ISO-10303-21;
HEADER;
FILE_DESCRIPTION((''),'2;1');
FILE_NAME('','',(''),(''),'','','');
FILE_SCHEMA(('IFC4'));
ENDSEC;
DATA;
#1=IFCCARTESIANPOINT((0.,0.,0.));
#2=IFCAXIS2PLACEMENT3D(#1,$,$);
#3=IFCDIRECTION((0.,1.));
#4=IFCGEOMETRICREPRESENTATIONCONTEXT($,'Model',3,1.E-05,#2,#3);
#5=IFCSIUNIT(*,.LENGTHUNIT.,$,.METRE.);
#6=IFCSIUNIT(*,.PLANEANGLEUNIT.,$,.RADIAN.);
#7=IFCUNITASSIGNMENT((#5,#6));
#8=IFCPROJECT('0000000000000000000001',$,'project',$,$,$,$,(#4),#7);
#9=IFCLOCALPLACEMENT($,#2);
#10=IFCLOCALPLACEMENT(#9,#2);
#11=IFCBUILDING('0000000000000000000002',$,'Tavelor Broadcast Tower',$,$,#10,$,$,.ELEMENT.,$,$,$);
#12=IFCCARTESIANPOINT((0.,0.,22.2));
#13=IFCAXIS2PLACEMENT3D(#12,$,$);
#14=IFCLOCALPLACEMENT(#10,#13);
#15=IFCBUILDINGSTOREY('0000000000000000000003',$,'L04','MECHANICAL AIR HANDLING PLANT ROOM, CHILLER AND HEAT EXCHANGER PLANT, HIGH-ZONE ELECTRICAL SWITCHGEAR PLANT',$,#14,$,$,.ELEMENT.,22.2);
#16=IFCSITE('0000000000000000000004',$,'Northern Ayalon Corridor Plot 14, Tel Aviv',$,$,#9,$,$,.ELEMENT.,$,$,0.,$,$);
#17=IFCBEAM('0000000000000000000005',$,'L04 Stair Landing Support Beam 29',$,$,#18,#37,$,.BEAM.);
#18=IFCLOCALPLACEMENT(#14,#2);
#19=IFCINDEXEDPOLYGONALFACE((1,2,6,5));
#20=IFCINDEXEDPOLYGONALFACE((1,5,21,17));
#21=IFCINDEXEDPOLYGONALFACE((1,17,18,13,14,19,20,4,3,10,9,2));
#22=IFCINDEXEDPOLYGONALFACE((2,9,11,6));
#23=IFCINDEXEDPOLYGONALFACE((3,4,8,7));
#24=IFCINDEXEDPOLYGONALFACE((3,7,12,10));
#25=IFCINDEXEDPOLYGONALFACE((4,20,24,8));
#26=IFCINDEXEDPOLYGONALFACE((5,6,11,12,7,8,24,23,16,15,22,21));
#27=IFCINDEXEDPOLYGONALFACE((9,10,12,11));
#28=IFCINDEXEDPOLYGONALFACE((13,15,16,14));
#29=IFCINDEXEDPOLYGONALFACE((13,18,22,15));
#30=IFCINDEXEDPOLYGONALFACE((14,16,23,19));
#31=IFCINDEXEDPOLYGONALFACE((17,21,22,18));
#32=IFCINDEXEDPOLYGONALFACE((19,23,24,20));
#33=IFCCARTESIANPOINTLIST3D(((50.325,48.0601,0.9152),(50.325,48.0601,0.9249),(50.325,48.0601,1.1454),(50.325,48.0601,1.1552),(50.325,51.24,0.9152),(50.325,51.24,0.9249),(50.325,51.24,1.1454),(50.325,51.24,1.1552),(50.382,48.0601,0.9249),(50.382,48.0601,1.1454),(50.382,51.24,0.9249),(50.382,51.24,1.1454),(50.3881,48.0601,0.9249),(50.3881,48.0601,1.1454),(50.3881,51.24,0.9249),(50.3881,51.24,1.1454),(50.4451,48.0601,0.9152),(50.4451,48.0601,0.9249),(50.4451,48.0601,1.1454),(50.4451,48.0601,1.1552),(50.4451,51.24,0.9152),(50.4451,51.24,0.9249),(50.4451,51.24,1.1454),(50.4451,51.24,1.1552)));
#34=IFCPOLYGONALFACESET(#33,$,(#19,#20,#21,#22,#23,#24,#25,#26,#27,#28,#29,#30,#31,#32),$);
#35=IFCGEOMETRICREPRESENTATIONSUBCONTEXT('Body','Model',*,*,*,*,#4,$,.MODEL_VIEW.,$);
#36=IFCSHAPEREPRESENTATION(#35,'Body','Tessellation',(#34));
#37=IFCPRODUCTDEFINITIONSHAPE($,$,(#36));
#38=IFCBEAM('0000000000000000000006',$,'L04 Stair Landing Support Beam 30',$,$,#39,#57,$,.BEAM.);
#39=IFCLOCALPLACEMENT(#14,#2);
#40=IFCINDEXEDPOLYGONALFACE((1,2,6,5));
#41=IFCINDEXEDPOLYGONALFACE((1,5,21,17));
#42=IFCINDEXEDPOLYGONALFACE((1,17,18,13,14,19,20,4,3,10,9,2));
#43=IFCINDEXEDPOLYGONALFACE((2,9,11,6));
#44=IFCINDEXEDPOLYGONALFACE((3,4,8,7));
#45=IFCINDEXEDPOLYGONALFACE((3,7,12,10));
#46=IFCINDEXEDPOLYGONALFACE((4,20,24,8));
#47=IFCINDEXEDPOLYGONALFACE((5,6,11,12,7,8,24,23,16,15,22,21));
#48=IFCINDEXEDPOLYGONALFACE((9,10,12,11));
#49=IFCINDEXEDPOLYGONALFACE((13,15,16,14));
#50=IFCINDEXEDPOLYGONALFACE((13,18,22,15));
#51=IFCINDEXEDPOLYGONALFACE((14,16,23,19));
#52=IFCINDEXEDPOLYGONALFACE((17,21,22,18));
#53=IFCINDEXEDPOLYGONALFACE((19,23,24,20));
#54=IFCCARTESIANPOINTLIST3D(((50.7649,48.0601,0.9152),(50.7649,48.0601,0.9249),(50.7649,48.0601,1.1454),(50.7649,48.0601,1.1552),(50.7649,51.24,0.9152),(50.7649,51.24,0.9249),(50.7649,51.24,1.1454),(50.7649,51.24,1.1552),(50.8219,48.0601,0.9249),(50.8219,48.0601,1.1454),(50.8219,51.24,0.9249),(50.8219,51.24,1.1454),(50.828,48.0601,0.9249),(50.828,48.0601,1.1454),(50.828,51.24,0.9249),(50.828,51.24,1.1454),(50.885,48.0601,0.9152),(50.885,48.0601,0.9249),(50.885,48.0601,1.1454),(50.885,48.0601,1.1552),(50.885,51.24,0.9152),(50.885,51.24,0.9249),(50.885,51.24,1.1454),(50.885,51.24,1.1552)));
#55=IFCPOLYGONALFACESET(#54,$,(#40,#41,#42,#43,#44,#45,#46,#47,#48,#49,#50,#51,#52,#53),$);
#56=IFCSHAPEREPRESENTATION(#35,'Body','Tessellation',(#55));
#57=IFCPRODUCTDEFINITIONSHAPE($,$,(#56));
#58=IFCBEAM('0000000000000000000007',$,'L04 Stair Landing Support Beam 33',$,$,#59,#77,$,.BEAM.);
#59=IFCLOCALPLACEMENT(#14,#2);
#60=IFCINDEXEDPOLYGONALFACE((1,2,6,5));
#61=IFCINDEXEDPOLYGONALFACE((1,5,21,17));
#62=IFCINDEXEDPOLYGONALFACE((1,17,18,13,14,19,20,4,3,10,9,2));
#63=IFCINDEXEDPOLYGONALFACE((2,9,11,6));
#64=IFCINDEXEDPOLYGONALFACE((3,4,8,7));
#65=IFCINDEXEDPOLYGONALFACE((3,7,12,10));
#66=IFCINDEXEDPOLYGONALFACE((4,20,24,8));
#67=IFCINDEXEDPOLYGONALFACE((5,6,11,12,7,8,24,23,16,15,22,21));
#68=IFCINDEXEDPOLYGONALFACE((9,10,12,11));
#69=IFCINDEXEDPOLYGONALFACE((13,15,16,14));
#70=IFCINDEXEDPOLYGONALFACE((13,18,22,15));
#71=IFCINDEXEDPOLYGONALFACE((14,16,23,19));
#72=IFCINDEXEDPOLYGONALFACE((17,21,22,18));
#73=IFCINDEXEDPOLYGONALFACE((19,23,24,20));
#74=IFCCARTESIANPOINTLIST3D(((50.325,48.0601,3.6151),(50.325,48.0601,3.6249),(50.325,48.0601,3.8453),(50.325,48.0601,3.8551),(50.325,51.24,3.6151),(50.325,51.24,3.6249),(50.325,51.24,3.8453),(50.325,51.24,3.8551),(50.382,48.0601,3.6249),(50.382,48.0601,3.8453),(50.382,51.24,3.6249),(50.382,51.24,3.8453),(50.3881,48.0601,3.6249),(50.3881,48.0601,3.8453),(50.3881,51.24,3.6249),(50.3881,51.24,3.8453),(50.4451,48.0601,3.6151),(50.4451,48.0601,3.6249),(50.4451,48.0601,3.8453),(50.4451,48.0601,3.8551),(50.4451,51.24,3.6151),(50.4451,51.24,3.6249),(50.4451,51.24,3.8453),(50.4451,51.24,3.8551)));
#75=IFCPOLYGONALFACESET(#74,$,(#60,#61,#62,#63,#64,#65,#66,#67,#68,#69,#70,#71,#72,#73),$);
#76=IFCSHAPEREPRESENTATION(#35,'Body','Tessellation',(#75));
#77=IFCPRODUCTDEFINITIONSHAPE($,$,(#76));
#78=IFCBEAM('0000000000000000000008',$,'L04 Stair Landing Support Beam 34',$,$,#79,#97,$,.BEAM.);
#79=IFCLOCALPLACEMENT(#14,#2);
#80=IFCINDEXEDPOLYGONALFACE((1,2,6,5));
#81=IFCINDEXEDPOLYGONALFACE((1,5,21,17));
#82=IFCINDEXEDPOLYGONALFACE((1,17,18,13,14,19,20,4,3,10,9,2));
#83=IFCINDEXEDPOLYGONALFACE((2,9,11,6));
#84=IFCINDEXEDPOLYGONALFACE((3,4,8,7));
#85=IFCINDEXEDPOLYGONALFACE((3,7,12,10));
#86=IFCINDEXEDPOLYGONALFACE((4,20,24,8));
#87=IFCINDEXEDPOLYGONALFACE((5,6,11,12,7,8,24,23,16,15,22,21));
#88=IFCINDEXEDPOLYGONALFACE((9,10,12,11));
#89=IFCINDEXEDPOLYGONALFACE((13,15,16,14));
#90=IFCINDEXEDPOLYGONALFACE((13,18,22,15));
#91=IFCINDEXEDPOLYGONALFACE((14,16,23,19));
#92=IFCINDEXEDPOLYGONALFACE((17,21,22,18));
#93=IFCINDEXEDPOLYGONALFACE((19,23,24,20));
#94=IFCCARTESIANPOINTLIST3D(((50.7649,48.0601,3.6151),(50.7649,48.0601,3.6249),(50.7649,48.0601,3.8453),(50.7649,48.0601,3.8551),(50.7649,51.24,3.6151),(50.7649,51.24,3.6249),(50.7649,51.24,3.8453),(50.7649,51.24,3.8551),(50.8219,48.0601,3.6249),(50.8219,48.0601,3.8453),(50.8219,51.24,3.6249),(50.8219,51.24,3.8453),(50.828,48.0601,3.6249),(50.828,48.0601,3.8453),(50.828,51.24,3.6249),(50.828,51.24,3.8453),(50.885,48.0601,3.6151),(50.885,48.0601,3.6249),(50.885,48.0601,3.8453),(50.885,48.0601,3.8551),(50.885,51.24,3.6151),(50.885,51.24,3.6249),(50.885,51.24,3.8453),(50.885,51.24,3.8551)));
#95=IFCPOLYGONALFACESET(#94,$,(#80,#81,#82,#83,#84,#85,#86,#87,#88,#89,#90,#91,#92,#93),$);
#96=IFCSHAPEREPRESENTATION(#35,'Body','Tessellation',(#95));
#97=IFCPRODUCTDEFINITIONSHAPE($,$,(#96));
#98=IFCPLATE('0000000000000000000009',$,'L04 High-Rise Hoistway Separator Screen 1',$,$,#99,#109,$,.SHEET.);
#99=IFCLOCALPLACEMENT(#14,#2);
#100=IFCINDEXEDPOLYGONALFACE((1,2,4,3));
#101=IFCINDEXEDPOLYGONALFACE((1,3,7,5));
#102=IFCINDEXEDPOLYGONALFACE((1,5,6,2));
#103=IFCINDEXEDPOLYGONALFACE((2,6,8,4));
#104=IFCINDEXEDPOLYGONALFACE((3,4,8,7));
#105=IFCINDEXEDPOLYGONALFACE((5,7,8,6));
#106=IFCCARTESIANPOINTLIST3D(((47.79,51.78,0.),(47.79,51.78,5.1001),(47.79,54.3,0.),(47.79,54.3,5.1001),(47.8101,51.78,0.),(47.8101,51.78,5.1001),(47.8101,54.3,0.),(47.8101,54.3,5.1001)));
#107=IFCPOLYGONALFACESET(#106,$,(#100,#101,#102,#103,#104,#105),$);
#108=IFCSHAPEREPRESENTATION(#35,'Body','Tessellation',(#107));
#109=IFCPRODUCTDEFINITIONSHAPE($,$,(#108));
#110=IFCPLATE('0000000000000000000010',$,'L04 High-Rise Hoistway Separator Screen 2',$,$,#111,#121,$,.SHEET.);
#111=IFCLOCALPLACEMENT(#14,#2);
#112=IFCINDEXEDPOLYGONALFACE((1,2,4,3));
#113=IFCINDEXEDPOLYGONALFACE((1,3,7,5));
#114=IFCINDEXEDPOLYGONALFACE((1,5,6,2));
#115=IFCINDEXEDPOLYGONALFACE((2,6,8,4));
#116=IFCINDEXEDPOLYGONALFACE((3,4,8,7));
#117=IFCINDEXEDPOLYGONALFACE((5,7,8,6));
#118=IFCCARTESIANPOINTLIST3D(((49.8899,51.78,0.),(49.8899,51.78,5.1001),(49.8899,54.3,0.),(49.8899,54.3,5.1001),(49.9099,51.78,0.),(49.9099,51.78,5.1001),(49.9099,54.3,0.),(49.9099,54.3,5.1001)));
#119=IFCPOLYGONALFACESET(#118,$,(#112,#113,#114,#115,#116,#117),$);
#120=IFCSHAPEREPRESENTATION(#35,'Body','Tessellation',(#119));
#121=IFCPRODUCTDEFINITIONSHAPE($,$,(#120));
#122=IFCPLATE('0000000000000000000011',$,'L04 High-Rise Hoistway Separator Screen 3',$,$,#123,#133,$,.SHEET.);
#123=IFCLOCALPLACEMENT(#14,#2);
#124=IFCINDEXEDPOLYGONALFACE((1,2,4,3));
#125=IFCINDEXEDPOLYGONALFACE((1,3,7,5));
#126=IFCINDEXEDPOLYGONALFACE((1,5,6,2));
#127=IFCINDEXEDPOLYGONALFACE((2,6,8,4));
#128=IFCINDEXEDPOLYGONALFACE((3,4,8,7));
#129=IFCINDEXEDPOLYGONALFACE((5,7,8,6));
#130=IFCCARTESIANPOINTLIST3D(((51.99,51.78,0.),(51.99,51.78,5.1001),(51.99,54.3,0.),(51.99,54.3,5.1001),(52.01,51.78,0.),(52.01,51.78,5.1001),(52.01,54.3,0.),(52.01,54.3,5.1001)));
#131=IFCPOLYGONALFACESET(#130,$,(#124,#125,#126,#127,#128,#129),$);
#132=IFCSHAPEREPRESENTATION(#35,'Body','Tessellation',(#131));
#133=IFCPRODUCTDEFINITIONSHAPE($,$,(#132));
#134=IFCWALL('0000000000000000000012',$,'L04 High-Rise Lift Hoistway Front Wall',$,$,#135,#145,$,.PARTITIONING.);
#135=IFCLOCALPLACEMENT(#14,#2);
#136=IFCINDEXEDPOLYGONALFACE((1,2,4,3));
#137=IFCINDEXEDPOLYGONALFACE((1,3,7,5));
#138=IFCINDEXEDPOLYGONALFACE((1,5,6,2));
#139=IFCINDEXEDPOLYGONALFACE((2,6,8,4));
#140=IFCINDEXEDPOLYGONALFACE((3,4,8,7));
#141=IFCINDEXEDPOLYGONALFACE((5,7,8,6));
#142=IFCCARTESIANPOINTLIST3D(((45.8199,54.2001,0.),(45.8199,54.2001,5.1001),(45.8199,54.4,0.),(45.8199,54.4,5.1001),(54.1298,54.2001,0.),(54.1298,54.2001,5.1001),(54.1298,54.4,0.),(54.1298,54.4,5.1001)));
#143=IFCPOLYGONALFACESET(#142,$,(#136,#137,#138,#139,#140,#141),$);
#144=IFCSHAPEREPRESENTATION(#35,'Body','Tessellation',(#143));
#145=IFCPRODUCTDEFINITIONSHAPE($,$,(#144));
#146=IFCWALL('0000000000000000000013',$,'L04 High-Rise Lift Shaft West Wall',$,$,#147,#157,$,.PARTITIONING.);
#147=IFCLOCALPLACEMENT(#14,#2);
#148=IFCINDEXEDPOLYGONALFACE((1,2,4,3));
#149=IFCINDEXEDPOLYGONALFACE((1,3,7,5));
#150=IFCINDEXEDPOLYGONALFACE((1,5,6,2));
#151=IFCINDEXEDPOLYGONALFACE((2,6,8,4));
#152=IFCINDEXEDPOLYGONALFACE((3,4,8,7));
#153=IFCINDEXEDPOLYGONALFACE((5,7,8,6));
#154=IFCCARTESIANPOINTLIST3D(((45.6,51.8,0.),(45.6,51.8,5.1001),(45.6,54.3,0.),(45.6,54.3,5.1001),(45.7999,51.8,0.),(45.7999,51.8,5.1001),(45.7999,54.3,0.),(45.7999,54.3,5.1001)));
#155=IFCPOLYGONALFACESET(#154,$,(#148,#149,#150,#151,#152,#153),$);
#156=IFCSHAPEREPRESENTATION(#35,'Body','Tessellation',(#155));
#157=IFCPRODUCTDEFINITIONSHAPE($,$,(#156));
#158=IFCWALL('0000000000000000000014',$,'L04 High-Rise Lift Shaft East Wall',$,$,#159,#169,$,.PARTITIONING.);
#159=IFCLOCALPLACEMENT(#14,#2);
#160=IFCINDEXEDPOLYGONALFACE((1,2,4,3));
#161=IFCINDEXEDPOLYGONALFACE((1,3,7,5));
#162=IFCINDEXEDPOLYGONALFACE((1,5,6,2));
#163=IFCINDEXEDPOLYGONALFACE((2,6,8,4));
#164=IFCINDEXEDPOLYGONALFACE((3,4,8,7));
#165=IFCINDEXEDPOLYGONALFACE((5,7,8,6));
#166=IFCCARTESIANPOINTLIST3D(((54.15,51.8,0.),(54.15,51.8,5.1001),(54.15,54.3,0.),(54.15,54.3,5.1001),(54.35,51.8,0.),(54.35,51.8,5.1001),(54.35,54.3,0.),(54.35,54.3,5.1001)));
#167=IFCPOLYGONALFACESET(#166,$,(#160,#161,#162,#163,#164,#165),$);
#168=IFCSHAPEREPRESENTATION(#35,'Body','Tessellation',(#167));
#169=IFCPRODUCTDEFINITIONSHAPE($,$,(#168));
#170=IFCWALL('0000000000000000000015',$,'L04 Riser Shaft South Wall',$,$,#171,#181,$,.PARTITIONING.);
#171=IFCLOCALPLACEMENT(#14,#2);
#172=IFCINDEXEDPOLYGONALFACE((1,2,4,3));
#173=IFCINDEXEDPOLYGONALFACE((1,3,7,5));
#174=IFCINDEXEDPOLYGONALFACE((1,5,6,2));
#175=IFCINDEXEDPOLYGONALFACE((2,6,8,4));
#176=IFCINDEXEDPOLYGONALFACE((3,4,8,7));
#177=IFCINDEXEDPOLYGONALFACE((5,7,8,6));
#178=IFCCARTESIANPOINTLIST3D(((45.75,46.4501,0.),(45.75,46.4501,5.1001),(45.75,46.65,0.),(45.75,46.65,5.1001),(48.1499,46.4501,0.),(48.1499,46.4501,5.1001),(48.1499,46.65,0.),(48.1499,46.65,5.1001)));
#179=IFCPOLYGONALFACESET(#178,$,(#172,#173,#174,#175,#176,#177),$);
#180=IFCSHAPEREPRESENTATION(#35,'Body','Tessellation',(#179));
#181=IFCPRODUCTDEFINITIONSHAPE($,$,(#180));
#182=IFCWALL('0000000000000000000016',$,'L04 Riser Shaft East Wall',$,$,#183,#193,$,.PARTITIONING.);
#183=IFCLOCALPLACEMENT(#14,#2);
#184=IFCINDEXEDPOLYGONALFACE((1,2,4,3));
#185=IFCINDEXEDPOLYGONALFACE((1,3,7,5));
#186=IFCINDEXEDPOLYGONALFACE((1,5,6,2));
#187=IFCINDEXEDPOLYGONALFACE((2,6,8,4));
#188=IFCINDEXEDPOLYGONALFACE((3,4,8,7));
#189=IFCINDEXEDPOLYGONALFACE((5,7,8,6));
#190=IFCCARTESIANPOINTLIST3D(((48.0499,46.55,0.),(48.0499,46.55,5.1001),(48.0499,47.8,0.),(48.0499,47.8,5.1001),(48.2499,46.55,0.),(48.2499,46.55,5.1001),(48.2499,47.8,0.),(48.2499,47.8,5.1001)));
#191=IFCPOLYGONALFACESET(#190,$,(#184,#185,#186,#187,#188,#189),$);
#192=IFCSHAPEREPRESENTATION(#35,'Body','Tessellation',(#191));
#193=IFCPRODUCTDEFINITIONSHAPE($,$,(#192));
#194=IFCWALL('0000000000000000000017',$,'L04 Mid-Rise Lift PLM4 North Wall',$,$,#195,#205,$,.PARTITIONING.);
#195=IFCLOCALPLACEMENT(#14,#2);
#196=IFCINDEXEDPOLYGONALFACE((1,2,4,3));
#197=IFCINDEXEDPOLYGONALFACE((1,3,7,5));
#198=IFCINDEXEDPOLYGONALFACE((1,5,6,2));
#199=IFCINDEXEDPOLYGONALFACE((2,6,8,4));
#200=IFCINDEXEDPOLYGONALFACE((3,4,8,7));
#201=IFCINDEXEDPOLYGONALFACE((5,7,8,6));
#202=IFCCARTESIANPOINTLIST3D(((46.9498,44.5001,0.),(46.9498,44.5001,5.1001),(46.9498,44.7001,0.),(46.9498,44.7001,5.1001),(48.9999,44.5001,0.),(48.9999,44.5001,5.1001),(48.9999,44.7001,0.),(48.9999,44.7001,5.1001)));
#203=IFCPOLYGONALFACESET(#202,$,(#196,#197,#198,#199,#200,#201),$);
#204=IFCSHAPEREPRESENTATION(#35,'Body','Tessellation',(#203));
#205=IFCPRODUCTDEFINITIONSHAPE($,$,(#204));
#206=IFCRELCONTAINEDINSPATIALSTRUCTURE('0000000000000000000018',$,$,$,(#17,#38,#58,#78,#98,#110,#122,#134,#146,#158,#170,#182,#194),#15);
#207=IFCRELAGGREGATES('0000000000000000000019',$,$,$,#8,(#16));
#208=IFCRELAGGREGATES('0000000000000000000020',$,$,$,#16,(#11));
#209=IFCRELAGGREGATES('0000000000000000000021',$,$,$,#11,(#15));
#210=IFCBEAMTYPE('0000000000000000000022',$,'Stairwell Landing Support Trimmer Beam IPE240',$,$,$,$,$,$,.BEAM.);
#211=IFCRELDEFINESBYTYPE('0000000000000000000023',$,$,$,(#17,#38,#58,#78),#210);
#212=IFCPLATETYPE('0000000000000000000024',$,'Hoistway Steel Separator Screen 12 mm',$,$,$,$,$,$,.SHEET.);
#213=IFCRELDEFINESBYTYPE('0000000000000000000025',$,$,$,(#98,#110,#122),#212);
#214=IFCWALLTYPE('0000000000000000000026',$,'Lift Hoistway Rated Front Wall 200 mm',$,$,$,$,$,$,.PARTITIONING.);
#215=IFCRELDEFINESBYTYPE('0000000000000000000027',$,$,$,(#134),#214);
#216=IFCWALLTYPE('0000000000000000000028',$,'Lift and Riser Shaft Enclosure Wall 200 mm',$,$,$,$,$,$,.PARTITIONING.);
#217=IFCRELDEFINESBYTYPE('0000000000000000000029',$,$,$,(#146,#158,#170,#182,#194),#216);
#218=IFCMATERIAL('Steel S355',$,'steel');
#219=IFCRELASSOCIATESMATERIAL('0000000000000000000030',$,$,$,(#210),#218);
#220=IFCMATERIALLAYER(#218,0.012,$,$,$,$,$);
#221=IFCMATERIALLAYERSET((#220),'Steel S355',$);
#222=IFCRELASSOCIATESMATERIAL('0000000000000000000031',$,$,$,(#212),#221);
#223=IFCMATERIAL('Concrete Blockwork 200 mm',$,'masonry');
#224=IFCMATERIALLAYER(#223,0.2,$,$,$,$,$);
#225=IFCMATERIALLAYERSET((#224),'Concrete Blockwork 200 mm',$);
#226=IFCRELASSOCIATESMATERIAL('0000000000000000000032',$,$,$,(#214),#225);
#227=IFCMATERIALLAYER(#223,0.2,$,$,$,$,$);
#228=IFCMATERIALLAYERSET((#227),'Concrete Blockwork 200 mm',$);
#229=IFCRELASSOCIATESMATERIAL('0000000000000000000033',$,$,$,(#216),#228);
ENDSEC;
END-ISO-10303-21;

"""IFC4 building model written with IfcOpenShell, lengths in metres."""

from ifc_helpers import new_model, si_unit, direction, frame, frame_2d, origin, origin_2d, place, context, subcontext, project, spatial, rectangle, i_section, extrude, source, transform, mapped, material, layer, layer_set, material_profile, profile_set, type_object, type_shapes, element, save


model = new_model("IFC4")

# Units and contexts
model_context = context("Model", 3, precision=1e-05, world=origin(), true_north=direction((0.0, 1.0)))
body_context = subcontext(model_context, "Body", "Model", "MODEL_VIEW")
ifc_project = project(units=[si_unit("LENGTHUNIT", "METRE"), si_unit("PLANEANGLEUNIT", "RADIAN")], contexts=[model_context])

# Site, building, storey
site_placement = place(None, origin())
site = spatial("IfcSite", under=ifc_project, at=site_placement, Name="Northern Ayalon Corridor Plot 14, Tel Aviv", CompositionType="ELEMENT", RefElevation=0.0)
building_placement = place(site_placement, origin())
building = spatial("IfcBuilding", under=site, at=building_placement, Name="Tavelor Broadcast Tower", CompositionType="ELEMENT")
storey_placement = place(building_placement, frame((0.0, 0.0, 22.2)))
storey = spatial("IfcBuildingStorey", under=building, at=storey_placement, Name="L04", Description="MECHANICAL AIR HANDLING PLANT ROOM, CHILLER AND HEAT EXCHANGER PLANT, HIGH-ZONE ELECTRICAL SWITCHGEAR PLANT", CompositionType="ELEMENT", Elevation=22.2)

# Beams
ifc_material_1 = material(Name="Steel S355", Category="steel")
ifc_material_profile = material_profile(ifc_material_1, i_section(OverallWidth=0.1201, OverallDepth=0.24, WebThickness=0.0061, FlangeThickness=0.0098, at=origin_2d()), Name="IPE 240")
ifc_profile_set = profile_set([ifc_material_profile], Name="Steel S355")
beam_type = type_object("IfcBeamType", Name="Stairwell Landing Support Trimmer Beam IPE240", PredefinedType="BEAM", material=ifc_profile_set)
for number, where, z_axis, x_axis, name in (
    (1, (50.385, 48.0601, 1.0352), (0.0, 1.0, 0.0), (-1.0, 0.0, 0.0), "L04 Stair Landing Support Beam 29"),
    (2, (50.825, 48.0601, 1.0352), (0.0, 1.0, 0.0), (-1.0, 0.0, 0.0), "L04 Stair Landing Support Beam 30"),
    (3, (50.385, 48.0601, 3.7351), (0.0, 1.0, 0.0), (-1.0, 0.0, 0.0), "L04 Stair Landing Support Beam 33"),
    (4, (50.825, 48.0601, 3.7351), (0.0, 1.0, 0.0), (-1.0, 0.0, 0.0), "L04 Stair Landing Support Beam 34"),
):
    element("IfcBeam", number, at=place(storey_placement, frame(where, z_axis=z_axis, x_axis=x_axis)), inside=storey, type_object=beam_type, Name=name, PredefinedType="BEAM", context=body_context, shape_type="SweptSolid", body=[
        extrude(i_section(OverallWidth=0.1201, OverallDepth=0.24, WebThickness=0.0061, FlangeThickness=0.0098, at=origin_2d()), origin(), (0.0, 0.0, 1.0), 3.1799),
    ])

# Plates
ifc_layer_1 = layer(ifc_material_1, 0.012)
ifc_layer_set_1 = layer_set([ifc_layer_1], Name="Steel S355")
plate_type = type_object("IfcPlateType", Name="Hoistway Steel Separator Screen 12 mm", PredefinedType="SHEET", material=ifc_layer_set_1)
shared_shape = source(origin(), body_context, "Body", "SweptSolid", [
    extrude(rectangle(XDim=0.02, YDim=2.52, at=origin_2d()), origin(), (0.0, 0.0, 1.0), 5.1001),
])
type_shapes(plate_type, [shared_shape])
for number, where, z_axis, x_axis, name in (
    (5, (47.8, 53.04, 0.0), (0.0, 0.0, 1.0), (1.0, 0.0, 0.0), "L04 High-Rise Hoistway Separator Screen 1"),
    (6, (49.8999, 53.04, 0.0), (0.0, 0.0, 1.0), (1.0, 0.0, 0.0), "L04 High-Rise Hoistway Separator Screen 2"),
    (7, (52.0, 53.04, 0.0), (0.0, 0.0, 1.0), (1.0, 0.0, 0.0), "L04 High-Rise Hoistway Separator Screen 3"),
):
    element("IfcPlate", number, at=place(storey_placement, frame(where, z_axis=z_axis, x_axis=x_axis)), inside=storey, type_object=plate_type, Name=name, PredefinedType="SHEET", context=body_context, shape_type="MappedRepresentation", body=[
        mapped(shared_shape, transform((0.0, 0.0, 0.0), scale=1.0)),
    ])

# Walls
ifc_material_2 = material(Name="Concrete Blockwork 200 mm", Category="masonry")
ifc_layer_2 = layer(ifc_material_2, 0.2)
ifc_layer_set_2 = layer_set([ifc_layer_2], Name="Concrete Blockwork 200 mm")
wall_type_1 = type_object("IfcWallType", Name="Lift Hoistway Rated Front Wall 200 mm", PredefinedType="PARTITIONING", material=ifc_layer_set_2)
wall_1_placement = place(storey_placement, frame((45.8201, 54.3, 0.0), z_axis=(0.0, 0.0, 1.0), x_axis=(1.0, 0.0, 0.0)))
element("IfcWall", 8, at=wall_1_placement, inside=storey, type_object=wall_type_1, Name="L04 High-Rise Lift Hoistway Front Wall", PredefinedType="PARTITIONING", context=body_context, shape_type="SweptSolid", body=[
    extrude(rectangle(XDim=8.3098, YDim=0.2, at=frame_2d((4.1548, 0.0))), origin(), (0.0, 0.0, 1.0), 5.1001),
])
ifc_layer_3 = layer(ifc_material_2, 0.2)
ifc_layer_set_3 = layer_set([ifc_layer_3], Name="Concrete Blockwork 200 mm")
wall_type_2 = type_object("IfcWallType", Name="Lift and Riser Shaft Enclosure Wall 200 mm", PredefinedType="PARTITIONING", material=ifc_layer_set_3)
for number, where, z_axis, x_axis, name in (
    (9, (45.7, 51.8, 0.0), (0.0, 0.0, 1.0), (0.0, 1.0, 0.0), "L04 High-Rise Lift Shaft West Wall"),
    (10, (54.25, 51.8, 0.0), (0.0, 0.0, 1.0), (0.0, 1.0, 0.0), "L04 High-Rise Lift Shaft East Wall"),
):
    element("IfcWall", number, at=place(storey_placement, frame(where, z_axis=z_axis, x_axis=x_axis)), inside=storey, type_object=wall_type_2, Name=name, PredefinedType="PARTITIONING", context=body_context, shape_type="SweptSolid", body=[
        extrude(rectangle(XDim=2.5, YDim=0.2, at=frame_2d((1.25, 0.0))), origin(), (0.0, 0.0, 1.0), 5.1001),
    ])
wall_2_placement = place(storey_placement, frame((45.75, 46.55, 0.0), z_axis=(0.0, 0.0, 1.0), x_axis=(1.0, 0.0, 0.0)))
element("IfcWall", 11, at=wall_2_placement, inside=storey, type_object=wall_type_2, Name="L04 Riser Shaft South Wall", PredefinedType="PARTITIONING", context=body_context, shape_type="SweptSolid", body=[
    extrude(rectangle(XDim=2.3999, YDim=0.2, at=frame_2d((1.2, 0.0))), origin(), (0.0, 0.0, 1.0), 5.1001),
])
wall_3_placement = place(storey_placement, frame((48.1499, 46.55, 0.0), z_axis=(0.0, 0.0, 1.0), x_axis=(0.0, 1.0, 0.0)))
element("IfcWall", 12, at=wall_3_placement, inside=storey, type_object=wall_type_2, Name="L04 Riser Shaft East Wall", PredefinedType="PARTITIONING", context=body_context, shape_type="SweptSolid", body=[
    extrude(rectangle(XDim=1.25, YDim=0.2, at=frame_2d((0.625, 0.0))), origin(), (0.0, 0.0, 1.0), 5.1001),
])
wall_4_placement = place(storey_placement, frame((46.95, 44.6001, 0.0), z_axis=(0.0, 0.0, 1.0), x_axis=(1.0, 0.0, 0.0)))
element("IfcWall", 13, at=wall_4_placement, inside=storey, type_object=wall_type_2, Name="L04 Mid-Rise Lift PLM4 North Wall", PredefinedType="PARTITIONING", context=body_context, shape_type="SweptSolid", body=[
    extrude(rectangle(XDim=2.05, YDim=0.2, at=frame_2d((1.0249, 0.0))), origin(), (0.0, 0.0, 1.0), 5.1001),
])

save(model, "model.ifc")
